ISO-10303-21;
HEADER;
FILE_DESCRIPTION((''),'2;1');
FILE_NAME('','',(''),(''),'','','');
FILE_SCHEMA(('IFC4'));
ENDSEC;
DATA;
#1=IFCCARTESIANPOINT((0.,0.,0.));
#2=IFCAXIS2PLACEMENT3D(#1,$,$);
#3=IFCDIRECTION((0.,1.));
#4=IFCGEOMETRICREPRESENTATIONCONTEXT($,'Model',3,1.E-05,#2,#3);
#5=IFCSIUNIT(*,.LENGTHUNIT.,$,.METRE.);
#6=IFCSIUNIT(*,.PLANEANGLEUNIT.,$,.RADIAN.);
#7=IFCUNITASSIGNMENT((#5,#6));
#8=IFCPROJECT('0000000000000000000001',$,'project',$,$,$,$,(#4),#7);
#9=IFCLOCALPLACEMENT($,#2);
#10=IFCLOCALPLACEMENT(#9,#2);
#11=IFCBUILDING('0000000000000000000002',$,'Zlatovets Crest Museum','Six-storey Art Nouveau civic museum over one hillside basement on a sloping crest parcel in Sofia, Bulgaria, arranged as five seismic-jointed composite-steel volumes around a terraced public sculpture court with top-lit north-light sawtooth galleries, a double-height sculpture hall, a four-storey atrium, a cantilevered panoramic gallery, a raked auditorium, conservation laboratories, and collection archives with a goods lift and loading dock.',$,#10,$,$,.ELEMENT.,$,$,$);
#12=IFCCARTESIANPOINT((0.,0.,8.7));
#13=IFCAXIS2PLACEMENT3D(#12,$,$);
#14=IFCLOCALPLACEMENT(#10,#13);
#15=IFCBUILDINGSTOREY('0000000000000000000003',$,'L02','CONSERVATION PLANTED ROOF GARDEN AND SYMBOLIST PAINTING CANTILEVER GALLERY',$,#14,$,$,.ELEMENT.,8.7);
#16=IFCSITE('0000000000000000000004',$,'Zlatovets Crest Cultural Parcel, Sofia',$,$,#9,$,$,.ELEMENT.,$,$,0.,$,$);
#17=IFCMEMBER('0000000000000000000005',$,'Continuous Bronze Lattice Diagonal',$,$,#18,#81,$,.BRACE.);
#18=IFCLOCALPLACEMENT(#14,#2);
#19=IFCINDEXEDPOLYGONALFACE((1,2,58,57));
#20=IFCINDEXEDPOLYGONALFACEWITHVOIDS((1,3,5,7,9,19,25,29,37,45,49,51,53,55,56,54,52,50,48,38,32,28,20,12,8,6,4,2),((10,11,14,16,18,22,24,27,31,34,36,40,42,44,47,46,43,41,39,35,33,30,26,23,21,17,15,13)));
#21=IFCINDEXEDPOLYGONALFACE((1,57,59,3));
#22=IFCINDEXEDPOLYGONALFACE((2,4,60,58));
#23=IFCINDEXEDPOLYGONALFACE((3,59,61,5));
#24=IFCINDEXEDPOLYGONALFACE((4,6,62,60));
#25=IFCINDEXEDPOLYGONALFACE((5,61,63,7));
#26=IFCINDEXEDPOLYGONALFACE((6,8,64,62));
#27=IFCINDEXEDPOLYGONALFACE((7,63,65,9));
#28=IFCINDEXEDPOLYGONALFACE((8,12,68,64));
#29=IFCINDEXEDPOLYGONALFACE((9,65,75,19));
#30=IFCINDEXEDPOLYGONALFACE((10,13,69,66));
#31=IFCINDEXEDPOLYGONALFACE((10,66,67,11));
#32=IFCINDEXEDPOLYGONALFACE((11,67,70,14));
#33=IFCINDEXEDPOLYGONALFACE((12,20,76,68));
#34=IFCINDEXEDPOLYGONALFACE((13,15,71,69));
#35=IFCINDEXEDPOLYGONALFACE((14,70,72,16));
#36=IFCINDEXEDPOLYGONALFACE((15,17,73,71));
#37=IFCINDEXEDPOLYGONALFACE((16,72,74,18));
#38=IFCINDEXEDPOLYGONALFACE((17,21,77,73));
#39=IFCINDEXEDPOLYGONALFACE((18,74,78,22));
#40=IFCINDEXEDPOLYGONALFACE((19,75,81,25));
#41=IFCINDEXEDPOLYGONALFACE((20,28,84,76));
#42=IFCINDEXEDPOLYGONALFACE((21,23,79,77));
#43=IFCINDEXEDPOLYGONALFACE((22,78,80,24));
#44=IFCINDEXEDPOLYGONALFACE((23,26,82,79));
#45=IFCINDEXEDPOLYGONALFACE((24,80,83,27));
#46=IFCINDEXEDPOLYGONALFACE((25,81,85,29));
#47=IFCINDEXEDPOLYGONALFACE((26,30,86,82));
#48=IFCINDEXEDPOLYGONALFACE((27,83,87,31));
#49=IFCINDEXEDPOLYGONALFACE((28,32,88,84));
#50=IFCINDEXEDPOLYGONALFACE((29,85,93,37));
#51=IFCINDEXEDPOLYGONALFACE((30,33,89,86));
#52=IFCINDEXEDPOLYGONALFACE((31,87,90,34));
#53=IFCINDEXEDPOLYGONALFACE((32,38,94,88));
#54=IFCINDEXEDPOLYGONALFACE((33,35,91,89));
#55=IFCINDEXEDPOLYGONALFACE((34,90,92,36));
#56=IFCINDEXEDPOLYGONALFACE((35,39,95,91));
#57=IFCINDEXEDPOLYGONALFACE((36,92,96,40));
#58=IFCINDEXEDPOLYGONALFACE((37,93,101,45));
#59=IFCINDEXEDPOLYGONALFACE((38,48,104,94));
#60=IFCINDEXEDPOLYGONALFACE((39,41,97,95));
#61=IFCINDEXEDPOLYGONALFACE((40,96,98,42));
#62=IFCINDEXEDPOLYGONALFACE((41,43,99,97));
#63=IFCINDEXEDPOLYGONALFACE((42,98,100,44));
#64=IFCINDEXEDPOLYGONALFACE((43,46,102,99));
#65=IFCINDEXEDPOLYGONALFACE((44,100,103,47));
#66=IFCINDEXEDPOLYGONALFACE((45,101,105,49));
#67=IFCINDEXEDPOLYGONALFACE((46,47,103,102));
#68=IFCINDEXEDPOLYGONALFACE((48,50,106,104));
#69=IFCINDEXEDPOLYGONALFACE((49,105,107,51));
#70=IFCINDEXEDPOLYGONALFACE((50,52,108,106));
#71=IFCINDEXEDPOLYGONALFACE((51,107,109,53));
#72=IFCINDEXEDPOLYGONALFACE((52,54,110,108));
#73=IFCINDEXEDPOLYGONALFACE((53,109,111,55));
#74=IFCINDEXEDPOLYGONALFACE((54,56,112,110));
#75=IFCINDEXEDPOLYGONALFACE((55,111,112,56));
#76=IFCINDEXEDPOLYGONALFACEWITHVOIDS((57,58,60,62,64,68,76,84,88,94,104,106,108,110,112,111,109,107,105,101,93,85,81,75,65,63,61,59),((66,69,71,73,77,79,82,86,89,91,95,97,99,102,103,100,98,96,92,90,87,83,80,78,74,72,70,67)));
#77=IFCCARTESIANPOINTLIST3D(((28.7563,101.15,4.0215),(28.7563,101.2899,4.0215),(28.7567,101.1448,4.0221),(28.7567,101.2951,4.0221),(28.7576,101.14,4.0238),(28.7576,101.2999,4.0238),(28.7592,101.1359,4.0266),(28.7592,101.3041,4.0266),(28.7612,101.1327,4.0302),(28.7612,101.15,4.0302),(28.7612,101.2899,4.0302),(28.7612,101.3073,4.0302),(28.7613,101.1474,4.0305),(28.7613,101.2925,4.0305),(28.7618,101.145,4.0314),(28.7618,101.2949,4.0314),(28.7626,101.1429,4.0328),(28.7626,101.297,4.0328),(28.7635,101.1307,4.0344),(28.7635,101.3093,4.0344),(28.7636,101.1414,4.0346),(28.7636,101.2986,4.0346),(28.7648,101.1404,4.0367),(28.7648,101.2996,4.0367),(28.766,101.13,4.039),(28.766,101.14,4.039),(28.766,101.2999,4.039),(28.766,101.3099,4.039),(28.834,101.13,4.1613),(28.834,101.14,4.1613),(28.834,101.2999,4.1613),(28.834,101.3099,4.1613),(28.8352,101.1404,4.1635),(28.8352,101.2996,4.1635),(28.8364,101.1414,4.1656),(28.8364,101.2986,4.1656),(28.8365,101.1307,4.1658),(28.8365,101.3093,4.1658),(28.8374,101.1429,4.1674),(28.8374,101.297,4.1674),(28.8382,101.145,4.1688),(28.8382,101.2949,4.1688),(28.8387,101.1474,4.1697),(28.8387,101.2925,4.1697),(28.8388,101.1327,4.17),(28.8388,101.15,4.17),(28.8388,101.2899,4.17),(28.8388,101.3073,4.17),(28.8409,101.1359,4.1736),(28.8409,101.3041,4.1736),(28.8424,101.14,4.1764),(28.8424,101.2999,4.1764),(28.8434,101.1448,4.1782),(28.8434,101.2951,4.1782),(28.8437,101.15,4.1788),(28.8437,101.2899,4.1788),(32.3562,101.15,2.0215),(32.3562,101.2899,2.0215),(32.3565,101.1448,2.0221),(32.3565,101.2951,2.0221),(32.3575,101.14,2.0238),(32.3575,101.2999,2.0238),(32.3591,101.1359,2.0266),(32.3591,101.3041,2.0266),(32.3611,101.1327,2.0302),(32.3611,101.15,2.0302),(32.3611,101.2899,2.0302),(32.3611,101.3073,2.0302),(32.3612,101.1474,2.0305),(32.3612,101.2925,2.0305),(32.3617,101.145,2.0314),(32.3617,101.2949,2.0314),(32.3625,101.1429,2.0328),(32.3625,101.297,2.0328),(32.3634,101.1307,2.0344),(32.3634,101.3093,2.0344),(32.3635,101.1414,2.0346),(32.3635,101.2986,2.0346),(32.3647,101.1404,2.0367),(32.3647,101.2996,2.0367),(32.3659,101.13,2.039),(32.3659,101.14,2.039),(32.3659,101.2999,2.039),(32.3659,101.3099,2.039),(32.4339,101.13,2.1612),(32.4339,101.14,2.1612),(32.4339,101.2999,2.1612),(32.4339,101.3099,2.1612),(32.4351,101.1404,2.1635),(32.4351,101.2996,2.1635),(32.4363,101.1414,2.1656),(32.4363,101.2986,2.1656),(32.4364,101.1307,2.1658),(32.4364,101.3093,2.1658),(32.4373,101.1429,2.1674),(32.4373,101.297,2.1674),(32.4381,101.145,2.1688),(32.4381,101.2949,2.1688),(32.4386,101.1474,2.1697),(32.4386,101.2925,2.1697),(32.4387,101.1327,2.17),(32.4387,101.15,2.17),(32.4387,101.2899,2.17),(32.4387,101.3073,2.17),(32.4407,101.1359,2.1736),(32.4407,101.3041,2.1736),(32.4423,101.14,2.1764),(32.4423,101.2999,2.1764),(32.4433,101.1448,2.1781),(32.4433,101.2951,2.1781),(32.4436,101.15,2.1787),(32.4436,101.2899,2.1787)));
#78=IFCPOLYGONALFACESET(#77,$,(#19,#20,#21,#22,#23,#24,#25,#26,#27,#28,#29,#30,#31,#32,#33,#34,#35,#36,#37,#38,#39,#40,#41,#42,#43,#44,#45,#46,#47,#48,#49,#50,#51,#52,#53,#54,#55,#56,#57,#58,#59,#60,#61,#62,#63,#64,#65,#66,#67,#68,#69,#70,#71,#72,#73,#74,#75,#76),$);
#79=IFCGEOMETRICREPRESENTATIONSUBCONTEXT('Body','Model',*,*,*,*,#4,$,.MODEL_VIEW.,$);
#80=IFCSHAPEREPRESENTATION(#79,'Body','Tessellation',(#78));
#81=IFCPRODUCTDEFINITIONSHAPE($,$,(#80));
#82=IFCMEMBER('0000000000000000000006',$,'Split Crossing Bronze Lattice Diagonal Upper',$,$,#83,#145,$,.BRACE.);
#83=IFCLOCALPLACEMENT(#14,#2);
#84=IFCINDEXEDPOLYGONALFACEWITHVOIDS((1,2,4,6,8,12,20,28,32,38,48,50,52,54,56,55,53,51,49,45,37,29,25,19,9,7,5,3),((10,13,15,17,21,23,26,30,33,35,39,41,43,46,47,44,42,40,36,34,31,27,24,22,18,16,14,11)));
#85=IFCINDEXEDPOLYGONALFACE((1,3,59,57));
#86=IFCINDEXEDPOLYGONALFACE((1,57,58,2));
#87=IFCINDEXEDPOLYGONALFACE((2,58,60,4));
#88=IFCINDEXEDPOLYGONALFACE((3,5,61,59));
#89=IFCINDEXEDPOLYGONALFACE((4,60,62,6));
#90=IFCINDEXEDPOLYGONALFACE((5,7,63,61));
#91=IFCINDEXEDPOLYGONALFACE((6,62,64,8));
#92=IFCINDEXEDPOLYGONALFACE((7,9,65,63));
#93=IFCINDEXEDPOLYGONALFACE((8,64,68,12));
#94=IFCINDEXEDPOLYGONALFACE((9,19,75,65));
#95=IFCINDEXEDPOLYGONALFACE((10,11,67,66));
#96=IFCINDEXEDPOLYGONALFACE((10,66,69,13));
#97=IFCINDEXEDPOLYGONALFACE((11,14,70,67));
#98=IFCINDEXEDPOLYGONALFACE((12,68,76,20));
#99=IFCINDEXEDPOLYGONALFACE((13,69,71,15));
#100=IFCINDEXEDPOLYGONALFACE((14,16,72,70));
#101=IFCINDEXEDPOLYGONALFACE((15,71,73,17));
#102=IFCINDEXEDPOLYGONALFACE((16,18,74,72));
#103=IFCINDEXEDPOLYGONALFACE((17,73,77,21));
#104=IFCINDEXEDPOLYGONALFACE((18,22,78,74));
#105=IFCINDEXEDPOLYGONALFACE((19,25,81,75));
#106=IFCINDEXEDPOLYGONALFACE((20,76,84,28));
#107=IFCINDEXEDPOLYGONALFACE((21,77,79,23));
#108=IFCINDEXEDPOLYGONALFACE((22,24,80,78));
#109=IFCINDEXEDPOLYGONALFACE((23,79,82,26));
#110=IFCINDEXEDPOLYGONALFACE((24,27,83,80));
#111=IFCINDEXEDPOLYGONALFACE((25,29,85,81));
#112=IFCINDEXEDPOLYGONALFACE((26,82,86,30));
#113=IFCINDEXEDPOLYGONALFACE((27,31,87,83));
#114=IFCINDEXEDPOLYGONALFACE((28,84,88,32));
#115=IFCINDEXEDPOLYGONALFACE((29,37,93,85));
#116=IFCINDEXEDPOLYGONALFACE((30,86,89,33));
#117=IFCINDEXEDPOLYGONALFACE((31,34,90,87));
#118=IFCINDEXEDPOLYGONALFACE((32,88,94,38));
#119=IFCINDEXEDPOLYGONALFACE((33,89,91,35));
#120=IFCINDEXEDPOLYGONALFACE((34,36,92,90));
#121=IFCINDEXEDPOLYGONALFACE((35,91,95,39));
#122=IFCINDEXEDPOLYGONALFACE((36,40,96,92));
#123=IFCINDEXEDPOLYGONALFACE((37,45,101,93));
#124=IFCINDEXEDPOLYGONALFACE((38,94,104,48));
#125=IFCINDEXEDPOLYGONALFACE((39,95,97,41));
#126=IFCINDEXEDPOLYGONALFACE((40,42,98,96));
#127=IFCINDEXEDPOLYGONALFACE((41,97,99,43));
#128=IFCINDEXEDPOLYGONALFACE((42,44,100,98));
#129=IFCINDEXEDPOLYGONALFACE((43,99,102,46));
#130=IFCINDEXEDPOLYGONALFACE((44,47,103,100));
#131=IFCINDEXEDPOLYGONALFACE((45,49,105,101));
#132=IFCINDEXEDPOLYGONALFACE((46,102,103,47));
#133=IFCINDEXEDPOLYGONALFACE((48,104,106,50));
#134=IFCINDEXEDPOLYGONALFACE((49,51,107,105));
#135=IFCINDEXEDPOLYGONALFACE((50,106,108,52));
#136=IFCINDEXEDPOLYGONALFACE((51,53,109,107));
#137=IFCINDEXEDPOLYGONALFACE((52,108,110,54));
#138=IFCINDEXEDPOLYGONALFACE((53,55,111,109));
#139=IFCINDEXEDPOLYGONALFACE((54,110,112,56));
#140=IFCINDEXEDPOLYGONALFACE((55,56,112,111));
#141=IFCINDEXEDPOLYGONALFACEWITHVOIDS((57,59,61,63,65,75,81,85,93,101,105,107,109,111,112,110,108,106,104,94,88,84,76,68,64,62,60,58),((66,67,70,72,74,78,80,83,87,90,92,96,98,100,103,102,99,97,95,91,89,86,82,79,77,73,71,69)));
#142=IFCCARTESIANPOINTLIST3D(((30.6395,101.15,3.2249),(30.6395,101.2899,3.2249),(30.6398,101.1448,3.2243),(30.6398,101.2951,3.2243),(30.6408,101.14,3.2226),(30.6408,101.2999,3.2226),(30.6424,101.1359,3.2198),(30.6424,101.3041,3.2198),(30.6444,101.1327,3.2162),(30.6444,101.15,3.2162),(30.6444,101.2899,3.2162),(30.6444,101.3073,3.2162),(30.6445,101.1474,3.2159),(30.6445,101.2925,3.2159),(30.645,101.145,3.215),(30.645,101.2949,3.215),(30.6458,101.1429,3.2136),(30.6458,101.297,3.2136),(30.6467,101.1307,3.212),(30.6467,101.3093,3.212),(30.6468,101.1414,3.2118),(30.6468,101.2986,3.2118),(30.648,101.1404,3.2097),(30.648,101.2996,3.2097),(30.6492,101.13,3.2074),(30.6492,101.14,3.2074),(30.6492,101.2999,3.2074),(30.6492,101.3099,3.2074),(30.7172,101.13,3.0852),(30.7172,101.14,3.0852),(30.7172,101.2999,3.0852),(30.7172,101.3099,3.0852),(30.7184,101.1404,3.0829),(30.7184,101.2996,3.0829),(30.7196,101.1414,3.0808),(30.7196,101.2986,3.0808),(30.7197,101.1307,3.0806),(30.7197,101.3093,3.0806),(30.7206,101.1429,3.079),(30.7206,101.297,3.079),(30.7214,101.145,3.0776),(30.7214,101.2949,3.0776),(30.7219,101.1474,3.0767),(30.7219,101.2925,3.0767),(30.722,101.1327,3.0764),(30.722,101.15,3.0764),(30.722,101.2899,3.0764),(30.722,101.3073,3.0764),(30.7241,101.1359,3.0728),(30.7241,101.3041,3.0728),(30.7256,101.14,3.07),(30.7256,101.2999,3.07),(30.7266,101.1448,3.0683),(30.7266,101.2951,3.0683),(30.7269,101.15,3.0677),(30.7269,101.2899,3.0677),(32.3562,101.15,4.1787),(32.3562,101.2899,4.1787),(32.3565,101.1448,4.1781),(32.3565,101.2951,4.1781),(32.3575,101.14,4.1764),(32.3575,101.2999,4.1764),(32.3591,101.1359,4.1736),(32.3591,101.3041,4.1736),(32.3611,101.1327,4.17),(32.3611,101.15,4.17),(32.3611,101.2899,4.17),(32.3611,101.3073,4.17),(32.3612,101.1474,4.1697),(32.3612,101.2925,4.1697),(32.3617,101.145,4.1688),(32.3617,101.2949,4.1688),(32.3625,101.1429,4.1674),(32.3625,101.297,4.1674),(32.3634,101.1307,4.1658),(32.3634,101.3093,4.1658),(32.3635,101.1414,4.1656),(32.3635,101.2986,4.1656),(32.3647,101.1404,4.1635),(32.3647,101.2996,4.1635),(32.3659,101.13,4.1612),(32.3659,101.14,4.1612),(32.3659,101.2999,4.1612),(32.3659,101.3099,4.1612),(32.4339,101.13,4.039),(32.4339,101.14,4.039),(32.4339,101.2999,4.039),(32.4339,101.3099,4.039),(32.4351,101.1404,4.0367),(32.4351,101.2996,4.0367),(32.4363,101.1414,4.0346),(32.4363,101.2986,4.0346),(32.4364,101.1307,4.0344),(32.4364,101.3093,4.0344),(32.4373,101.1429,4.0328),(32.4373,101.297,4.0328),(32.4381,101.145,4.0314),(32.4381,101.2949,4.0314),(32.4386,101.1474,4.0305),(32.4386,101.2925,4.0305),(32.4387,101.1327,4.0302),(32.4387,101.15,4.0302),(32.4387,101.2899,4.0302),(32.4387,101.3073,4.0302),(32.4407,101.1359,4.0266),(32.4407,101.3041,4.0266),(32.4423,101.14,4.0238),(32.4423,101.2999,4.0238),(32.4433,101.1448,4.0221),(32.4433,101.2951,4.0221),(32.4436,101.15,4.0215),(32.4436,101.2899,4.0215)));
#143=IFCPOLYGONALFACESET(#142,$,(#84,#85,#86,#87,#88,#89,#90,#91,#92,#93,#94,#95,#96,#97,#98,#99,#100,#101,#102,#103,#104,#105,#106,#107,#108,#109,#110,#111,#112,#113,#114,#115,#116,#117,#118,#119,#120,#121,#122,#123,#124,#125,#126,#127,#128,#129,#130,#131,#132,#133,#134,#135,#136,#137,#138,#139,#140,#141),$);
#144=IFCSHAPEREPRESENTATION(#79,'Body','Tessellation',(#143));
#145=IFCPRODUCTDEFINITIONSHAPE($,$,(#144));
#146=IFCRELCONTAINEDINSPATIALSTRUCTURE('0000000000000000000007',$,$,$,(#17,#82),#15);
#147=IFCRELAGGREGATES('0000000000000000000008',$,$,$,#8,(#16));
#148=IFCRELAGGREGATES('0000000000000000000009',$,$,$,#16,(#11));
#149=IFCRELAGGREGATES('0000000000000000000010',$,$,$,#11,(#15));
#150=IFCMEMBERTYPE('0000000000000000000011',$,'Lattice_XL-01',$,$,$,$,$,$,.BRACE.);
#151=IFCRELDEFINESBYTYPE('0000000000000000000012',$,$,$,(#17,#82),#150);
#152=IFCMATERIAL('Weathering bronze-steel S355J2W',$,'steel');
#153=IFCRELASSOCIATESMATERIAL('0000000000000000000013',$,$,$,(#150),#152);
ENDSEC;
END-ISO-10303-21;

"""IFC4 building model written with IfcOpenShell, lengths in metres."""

from ifc_helpers import new_model, si_unit, direction, frame, origin, origin_2d, place, context, subcontext, project, spatial, hollow_rectangle, extrude, material, material_profile, profile_set, type_object, element, save


model = new_model("IFC4")

# Units and contexts
model_context = context("Model", 3, precision=1e-05, world=origin(), true_north=direction((0.0, 1.0)))
body_context = subcontext(model_context, "Body", "Model", "MODEL_VIEW")
ifc_project = project(units=[si_unit("LENGTHUNIT", "METRE"), si_unit("PLANEANGLEUNIT", "RADIAN")], contexts=[model_context])

# Site, building, storey
site_placement = place(None, origin())
site = spatial("IfcSite", under=ifc_project, at=site_placement, Name="Zlatovets Crest Cultural Parcel, Sofia", CompositionType="ELEMENT", RefElevation=0.0)
building_placement = place(site_placement, origin())
building = spatial("IfcBuilding", under=site, at=building_placement, Name="Zlatovets Crest Museum", Description="Six-storey Art Nouveau civic museum over one hillside basement on a sloping crest parcel in Sofia, Bulgaria, arranged as five seismic-jointed composite-steel volumes around a terraced public sculpture court with top-lit north-light sawtooth galleries, a double-height sculpture hall, a four-storey atrium, a cantilevered panoramic gallery, a raked auditorium, conservation laboratories, and collection archives with a goods lift and loading dock.", CompositionType="ELEMENT")
storey_placement = place(building_placement, frame((0.0, 0.0, 8.7)))
storey = spatial("IfcBuildingStorey", under=building, at=storey_placement, Name="L02", Description="CONSERVATION PLANTED ROOF GARDEN AND SYMBOLIST PAINTING CANTILEVER GALLERY", CompositionType="ELEMENT", Elevation=8.7)

# Members
ifc_material_1 = material(Name="Weathering bronze-steel S355J2W", Category="steel")
ifc_material_profile_1 = material_profile(ifc_material_1, hollow_rectangle(XDim=0.1799, YDim=0.1799, WallThickness=0.01, InnerFilletRadius=0.01, OuterFilletRadius=0.02, at=origin_2d()), Name="SHS 180x180x10.0")
ifc_profile_set_1 = profile_set([ifc_material_profile_1], Name="Weathering bronze-steel S355J2W")
member_type_1 = type_object("IfcMemberType", Name="Lattice_XL-01", PredefinedType="BRACE", material=ifc_profile_set_1)
member_1_placement = place(storey_placement, frame((32.3999, 101.22, 2.1001), z_axis=(-0.874149, 0.0, 0.485658), x_axis=(0.0, -1.0, 0.0)))
element("IfcMember", 1, at=member_1_placement, inside=storey, type_object=member_type_1, Name="Continuous Bronze Lattice Diagonal", PredefinedType="BRACE", context=body_context, shape_type="SweptSolid", body=[
    extrude(hollow_rectangle(XDim=0.1799, YDim=0.1799, WallThickness=0.01, InnerFilletRadius=0.01, OuterFilletRadius=0.02, at=origin_2d()), origin(), (0.0, 0.0, 1.0), 4.1182),
])
member_2_placement = place(storey_placement, frame((32.3999, 101.22, 4.1001), z_axis=(-0.87414, 0.0, -0.485675), x_axis=(0.0, -1.0, 0.0)))
element("IfcMember", 2, at=member_2_placement, inside=storey, type_object=member_type_1, Name="Split Crossing Bronze Lattice Diagonal Upper", PredefinedType="BRACE", context=body_context, shape_type="SweptSolid", body=[
    extrude(hollow_rectangle(XDim=0.1799, YDim=0.1799, WallThickness=0.01, InnerFilletRadius=0.01, OuterFilletRadius=0.02, at=origin_2d()), origin(), (0.0, 0.0, 1.0), 1.9639),
])

save(model, "model.ifc")
